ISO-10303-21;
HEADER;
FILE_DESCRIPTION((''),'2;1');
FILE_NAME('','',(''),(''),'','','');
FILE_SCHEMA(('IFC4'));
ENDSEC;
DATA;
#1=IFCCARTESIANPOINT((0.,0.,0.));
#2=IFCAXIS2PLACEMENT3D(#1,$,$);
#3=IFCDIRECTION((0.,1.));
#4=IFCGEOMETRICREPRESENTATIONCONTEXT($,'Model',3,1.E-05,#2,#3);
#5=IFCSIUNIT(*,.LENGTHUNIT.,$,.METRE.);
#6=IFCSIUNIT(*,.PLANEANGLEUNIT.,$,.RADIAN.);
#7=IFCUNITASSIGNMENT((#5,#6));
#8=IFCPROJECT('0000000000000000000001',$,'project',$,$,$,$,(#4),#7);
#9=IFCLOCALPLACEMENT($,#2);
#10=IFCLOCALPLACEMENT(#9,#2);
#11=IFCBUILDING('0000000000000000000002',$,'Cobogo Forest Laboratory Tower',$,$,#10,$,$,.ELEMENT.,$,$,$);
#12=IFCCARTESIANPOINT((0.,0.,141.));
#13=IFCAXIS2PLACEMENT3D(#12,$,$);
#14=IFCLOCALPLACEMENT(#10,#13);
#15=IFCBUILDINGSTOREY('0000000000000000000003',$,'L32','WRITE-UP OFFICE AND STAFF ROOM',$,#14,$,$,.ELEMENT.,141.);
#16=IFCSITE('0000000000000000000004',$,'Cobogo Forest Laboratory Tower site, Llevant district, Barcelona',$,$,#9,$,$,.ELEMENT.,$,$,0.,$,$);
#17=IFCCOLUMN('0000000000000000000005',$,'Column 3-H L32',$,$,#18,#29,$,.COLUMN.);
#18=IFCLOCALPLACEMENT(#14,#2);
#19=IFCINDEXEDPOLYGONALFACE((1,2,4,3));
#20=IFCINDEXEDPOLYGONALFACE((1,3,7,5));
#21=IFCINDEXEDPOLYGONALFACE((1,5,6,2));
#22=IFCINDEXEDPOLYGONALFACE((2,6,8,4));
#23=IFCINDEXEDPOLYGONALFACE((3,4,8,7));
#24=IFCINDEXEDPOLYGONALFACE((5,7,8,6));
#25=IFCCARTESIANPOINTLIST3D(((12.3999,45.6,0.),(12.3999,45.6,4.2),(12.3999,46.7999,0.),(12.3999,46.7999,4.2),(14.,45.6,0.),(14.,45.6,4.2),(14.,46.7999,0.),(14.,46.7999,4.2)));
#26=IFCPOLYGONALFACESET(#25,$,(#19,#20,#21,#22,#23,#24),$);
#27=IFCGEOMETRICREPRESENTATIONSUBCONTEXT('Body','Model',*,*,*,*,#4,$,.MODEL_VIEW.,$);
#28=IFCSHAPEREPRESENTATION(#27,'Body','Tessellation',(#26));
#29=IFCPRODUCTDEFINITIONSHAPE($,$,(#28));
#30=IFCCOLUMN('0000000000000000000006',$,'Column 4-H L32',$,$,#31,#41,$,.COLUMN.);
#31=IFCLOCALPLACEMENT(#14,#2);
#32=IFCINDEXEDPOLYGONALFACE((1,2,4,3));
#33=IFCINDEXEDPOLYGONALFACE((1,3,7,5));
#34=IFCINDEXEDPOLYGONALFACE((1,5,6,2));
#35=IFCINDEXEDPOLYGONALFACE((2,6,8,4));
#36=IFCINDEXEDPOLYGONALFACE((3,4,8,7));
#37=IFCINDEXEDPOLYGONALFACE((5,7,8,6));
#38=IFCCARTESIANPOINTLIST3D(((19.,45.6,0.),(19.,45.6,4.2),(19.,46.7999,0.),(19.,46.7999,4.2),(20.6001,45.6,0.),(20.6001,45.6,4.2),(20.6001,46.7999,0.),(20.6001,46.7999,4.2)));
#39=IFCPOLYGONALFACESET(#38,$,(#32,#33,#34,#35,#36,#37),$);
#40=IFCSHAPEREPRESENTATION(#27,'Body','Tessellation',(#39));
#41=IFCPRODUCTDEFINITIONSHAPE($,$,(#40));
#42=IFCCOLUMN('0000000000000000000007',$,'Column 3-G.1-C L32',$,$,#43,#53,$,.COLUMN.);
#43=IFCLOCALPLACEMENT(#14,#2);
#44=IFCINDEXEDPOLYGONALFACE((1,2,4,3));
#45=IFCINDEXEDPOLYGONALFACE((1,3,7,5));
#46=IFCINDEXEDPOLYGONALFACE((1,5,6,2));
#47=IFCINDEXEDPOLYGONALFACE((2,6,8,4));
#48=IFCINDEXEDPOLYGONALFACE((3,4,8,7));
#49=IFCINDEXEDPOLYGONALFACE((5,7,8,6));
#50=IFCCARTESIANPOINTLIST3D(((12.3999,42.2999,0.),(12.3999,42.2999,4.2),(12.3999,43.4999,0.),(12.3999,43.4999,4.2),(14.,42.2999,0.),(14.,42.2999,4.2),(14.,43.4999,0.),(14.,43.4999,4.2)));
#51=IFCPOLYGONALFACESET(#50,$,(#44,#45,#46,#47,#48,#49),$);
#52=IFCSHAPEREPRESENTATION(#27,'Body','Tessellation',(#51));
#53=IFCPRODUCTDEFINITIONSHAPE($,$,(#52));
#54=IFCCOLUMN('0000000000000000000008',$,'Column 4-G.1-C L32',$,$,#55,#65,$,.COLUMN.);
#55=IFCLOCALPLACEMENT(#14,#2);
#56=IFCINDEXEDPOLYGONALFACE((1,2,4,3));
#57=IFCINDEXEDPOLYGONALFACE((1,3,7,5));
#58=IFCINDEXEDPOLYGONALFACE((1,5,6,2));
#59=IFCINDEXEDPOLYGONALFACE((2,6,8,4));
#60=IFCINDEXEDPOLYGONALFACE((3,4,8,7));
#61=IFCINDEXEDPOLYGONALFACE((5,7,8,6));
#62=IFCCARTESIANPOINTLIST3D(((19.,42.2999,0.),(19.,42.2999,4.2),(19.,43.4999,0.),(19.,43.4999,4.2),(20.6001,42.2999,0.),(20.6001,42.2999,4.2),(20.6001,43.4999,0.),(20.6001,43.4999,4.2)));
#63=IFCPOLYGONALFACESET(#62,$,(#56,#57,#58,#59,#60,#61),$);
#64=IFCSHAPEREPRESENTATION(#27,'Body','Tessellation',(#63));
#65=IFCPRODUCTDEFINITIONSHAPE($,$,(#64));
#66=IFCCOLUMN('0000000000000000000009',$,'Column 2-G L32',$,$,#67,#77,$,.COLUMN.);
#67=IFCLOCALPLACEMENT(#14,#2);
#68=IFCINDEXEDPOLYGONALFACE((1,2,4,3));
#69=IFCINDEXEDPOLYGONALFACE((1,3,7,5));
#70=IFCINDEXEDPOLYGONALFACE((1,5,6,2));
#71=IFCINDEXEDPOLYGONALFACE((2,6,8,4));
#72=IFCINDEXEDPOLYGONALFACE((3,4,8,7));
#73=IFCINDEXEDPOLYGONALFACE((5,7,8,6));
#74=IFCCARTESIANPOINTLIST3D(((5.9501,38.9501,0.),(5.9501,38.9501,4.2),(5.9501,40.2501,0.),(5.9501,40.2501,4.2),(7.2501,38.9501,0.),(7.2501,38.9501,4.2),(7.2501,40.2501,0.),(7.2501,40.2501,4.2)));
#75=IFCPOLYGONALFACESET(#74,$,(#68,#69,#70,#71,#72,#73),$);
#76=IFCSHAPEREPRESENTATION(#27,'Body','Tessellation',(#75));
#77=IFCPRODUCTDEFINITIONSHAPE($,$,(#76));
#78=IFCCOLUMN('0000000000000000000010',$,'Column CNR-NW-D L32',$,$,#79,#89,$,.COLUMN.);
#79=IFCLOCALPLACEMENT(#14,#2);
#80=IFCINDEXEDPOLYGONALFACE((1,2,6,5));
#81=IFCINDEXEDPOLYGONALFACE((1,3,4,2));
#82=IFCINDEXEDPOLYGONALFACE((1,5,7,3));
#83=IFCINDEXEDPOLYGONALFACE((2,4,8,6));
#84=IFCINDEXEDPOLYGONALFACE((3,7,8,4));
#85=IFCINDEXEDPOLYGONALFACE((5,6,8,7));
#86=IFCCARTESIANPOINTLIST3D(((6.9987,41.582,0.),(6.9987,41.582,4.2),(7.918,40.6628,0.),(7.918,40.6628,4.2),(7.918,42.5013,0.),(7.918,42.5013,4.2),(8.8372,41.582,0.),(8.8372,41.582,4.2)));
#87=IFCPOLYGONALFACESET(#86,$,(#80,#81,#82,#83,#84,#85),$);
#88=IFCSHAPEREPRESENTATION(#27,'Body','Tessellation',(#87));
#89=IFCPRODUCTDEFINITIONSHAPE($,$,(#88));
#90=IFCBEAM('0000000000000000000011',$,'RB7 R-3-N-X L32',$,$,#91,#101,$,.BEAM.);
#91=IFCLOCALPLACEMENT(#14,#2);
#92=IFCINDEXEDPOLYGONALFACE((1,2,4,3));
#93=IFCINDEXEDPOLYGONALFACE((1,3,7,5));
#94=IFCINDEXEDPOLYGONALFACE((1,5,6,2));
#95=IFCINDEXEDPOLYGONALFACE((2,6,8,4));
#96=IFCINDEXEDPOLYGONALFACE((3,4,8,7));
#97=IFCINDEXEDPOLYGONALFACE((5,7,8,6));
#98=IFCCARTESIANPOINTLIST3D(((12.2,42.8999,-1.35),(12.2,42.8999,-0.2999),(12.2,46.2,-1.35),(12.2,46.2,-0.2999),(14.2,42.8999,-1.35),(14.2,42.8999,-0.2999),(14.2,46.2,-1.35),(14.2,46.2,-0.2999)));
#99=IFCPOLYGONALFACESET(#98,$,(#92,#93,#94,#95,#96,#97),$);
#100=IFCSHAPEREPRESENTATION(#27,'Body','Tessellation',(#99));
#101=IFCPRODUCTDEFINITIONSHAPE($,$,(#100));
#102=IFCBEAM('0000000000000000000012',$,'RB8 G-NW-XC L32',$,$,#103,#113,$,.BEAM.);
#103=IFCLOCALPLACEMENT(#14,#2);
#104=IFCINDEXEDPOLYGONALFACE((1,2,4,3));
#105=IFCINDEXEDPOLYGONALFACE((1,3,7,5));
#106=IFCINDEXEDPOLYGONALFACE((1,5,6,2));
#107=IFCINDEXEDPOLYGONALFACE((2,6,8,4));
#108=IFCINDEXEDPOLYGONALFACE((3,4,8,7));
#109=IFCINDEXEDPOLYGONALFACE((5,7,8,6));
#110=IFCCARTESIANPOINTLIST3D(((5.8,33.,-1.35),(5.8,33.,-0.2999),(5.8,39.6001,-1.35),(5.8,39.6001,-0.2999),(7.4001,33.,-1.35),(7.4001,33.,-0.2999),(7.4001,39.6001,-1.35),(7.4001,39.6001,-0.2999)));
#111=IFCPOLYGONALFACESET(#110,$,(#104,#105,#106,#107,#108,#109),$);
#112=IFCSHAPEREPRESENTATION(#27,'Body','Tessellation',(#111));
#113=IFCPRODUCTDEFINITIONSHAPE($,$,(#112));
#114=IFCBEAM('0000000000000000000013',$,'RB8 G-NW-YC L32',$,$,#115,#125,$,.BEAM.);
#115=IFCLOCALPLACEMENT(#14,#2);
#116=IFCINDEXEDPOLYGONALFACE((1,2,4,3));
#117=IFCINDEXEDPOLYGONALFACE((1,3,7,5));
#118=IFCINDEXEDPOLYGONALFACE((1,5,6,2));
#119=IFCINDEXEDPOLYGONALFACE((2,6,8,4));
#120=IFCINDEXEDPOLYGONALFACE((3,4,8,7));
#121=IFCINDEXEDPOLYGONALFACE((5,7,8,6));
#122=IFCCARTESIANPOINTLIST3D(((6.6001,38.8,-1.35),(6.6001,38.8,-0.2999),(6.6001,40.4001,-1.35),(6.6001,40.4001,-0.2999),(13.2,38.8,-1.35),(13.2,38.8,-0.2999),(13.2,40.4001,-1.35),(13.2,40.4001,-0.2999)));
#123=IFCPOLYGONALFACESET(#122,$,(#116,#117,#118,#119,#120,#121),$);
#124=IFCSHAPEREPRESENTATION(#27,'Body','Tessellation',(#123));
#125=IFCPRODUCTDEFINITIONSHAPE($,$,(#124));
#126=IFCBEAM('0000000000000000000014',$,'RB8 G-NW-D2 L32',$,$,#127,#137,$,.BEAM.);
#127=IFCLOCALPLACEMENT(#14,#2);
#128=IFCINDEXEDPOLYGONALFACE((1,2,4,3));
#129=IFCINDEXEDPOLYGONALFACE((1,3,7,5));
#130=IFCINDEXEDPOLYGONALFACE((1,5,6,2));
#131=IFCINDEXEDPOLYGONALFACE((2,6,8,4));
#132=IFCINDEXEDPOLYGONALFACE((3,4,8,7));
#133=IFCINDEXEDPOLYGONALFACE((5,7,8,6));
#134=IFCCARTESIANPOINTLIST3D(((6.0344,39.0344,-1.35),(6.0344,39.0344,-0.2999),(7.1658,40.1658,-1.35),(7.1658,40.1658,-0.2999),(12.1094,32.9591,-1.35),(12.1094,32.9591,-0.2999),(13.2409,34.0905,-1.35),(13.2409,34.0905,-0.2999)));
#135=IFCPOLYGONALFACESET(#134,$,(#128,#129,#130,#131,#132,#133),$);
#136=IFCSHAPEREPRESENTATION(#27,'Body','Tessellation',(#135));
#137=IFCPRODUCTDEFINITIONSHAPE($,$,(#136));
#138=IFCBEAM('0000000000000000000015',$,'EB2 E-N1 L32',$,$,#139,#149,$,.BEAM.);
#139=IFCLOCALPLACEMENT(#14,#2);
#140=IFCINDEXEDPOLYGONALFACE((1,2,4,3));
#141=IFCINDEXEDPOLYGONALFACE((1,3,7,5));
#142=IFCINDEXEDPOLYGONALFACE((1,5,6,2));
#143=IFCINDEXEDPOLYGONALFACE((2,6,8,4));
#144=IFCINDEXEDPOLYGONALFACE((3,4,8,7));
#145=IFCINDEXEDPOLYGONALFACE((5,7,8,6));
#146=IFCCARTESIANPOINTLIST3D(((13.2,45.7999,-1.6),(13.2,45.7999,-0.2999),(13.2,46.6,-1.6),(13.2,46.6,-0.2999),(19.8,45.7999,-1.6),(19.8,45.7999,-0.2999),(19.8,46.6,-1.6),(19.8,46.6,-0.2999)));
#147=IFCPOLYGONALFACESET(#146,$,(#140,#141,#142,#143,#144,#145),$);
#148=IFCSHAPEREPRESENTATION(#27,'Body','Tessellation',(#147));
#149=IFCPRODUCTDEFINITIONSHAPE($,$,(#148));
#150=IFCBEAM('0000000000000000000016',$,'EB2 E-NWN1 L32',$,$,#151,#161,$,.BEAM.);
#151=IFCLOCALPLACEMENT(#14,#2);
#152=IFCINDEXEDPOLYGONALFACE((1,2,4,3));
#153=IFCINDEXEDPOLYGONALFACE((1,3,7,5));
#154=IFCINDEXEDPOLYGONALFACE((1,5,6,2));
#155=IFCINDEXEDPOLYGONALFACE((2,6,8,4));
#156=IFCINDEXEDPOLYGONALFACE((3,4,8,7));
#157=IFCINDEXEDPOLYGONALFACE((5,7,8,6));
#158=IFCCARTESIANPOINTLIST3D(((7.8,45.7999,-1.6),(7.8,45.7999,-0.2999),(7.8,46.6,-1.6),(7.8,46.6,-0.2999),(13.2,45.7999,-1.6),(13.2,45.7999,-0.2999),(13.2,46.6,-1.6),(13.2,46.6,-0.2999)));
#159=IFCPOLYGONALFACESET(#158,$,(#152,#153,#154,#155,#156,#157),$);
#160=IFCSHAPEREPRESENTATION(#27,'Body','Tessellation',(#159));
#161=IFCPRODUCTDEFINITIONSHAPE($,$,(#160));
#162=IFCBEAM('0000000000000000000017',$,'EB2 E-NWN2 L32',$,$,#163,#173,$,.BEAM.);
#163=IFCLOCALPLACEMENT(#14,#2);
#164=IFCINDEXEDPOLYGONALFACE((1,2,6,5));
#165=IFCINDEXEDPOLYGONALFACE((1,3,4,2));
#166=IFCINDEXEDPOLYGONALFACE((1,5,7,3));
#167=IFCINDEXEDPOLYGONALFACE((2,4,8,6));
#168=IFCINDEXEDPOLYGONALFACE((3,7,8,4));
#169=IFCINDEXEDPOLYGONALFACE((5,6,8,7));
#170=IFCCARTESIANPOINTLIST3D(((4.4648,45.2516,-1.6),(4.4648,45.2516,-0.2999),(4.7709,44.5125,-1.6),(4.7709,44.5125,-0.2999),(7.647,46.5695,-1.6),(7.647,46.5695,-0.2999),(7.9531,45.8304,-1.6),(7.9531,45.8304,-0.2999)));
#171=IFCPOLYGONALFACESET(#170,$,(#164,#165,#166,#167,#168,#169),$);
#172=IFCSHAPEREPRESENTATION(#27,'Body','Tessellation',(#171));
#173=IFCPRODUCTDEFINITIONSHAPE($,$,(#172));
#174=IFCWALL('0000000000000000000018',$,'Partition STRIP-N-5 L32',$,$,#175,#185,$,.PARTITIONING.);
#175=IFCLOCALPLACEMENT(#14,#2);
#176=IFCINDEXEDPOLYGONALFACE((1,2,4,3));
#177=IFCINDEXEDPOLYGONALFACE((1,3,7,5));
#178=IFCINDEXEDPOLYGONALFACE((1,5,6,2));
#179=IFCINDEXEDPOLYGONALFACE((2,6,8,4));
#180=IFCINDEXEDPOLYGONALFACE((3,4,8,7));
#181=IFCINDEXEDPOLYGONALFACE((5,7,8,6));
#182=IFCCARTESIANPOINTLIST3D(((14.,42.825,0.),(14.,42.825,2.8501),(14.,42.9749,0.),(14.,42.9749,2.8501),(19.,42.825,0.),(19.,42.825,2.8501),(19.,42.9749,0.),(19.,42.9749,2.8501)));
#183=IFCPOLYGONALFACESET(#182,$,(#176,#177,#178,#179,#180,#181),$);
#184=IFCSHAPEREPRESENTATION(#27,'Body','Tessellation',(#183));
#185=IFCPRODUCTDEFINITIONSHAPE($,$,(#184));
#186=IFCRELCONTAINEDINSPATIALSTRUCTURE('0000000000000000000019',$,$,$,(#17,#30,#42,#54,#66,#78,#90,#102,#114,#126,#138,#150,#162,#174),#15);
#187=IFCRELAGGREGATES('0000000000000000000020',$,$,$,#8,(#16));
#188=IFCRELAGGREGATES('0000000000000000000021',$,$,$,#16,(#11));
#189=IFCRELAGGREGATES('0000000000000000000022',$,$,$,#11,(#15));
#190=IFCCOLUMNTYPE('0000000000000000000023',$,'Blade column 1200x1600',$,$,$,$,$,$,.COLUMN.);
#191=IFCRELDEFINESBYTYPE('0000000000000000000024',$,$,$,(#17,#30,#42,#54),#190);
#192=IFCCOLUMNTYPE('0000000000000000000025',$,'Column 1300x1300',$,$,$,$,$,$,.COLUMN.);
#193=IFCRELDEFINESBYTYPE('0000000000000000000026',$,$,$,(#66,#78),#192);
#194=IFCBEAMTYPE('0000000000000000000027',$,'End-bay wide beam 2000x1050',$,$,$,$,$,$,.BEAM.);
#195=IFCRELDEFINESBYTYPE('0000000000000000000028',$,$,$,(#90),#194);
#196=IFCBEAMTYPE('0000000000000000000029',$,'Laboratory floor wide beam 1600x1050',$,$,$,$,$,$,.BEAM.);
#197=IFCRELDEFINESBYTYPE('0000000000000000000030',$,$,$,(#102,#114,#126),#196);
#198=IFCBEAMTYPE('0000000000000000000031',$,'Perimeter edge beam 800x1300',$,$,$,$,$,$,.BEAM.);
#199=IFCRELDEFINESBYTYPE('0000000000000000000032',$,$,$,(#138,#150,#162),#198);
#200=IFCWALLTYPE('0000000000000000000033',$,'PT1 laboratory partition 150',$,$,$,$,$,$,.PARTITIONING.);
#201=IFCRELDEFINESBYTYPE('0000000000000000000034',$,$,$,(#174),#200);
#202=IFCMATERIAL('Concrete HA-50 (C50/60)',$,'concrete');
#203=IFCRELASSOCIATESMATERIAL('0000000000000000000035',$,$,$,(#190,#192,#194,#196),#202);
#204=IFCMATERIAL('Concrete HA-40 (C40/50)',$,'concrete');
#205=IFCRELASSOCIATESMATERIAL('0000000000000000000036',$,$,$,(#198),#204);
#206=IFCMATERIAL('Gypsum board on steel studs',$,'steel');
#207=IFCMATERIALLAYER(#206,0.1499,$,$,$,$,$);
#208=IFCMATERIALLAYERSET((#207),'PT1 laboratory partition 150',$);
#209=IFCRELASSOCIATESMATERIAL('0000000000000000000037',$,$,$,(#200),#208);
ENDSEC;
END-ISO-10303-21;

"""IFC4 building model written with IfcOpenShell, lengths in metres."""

from ifc_helpers import new_model, si_unit, direction, frame, frame_2d, origin, origin_2d, place, context, subcontext, project, spatial, rectangle, extrude, material, layer, layer_set, material_profile, profile_set, type_object, element, save


model = new_model("IFC4")

# Units and contexts
model_context = context("Model", 3, precision=1e-05, world=origin(), true_north=direction((0.0, 1.0)))
body_context = subcontext(model_context, "Body", "Model", "MODEL_VIEW")
ifc_project = project(units=[si_unit("LENGTHUNIT", "METRE"), si_unit("PLANEANGLEUNIT", "RADIAN")], contexts=[model_context])

# Site, building, storey
site_placement = place(None, origin())
site = spatial("IfcSite", under=ifc_project, at=site_placement, Name="Cobogo Forest Laboratory Tower site, Llevant district, Barcelona", CompositionType="ELEMENT", RefElevation=0.0)
building_placement = place(site_placement, origin())
building = spatial("IfcBuilding", under=site, at=building_placement, Name="Cobogo Forest Laboratory Tower", CompositionType="ELEMENT")
storey_placement = place(building_placement, frame((0.0, 0.0, 141.0)))
storey = spatial("IfcBuildingStorey", under=building, at=storey_placement, Name="L32", Description="WRITE-UP OFFICE AND STAFF ROOM", CompositionType="ELEMENT", Elevation=141.0)

# Columns
ifc_material_1 = material(Name="Concrete HA-50 (C50/60)", Category="concrete")
ifc_material_profile_1 = material_profile(ifc_material_1, rectangle(XDim=1.6001, YDim=1.2, at=origin_2d()), Name="RC 1200x1600")
ifc_profile_set_1 = profile_set([ifc_material_profile_1], Name="Concrete HA-50 (C50/60)")
column_type_1 = type_object("IfcColumnType", Name="Blade column 1200x1600", PredefinedType="COLUMN", material=ifc_profile_set_1)
for number, where, z_axis, x_axis, name in (
    (1, (13.2, 46.2, 0.0), (0.0, 0.0, 1.0), (1.0, 0.0, 0.0), "Column 3-H L32"),
    (2, (19.8, 46.2, 0.0), (0.0, 0.0, 1.0), (1.0, 0.0, 0.0), "Column 4-H L32"),
    (3, (13.2, 42.8999, 0.0), (0.0, 0.0, 1.0), (1.0, 0.0, 0.0), "Column 3-G.1-C L32"),
    (4, (19.8, 42.8999, 0.0), (0.0, 0.0, 1.0), (1.0, 0.0, 0.0), "Column 4-G.1-C L32"),
):
    element("IfcColumn", number, at=place(storey_placement, frame(where, z_axis=z_axis, x_axis=x_axis)), inside=storey, type_object=column_type_1, Name=name, PredefinedType="COLUMN", context=body_context, shape_type="SweptSolid", body=[
        extrude(rectangle(XDim=1.6001, YDim=1.2, at=origin_2d()), origin(), (0.0, 0.0, 1.0), 4.2),
    ])
ifc_material_profile_2 = material_profile(ifc_material_1, rectangle(XDim=1.3, YDim=1.3, at=origin_2d()), Name="RC 1300x1300")
ifc_profile_set_2 = profile_set([ifc_material_profile_2], Name="Concrete HA-50 (C50/60)")
column_type_2 = type_object("IfcColumnType", Name="Column 1300x1300", PredefinedType="COLUMN", material=ifc_profile_set_2)
for number, where, z_axis, x_axis, name in (
    (5, (6.6001, 39.6001, 0.0), (0.0, 0.0, 1.0), (1.0, 0.0, 0.0), "Column 2-G L32"),
    (6, (7.918, 41.582, 0.0), (0.0, 0.0, 1.0), (0.707107, 0.707107, 0.0), "Column CNR-NW-D L32"),
):
    element("IfcColumn", number, at=place(storey_placement, frame(where, z_axis=z_axis, x_axis=x_axis)), inside=storey, type_object=column_type_2, Name=name, PredefinedType="COLUMN", context=body_context, shape_type="SweptSolid", body=[
        extrude(rectangle(XDim=1.3, YDim=1.3, at=origin_2d()), origin(), (0.0, 0.0, 1.0), 4.2),
    ])

# Beams
ifc_material_profile_3 = material_profile(ifc_material_1, rectangle(XDim=2.0, YDim=1.05, at=origin_2d()), Name="RC 2000x1050")
ifc_profile_set_3 = profile_set([ifc_material_profile_3], Name="Concrete HA-50 (C50/60)")
beam_type_1 = type_object("IfcBeamType", Name="End-bay wide beam 2000x1050", PredefinedType="BEAM", material=ifc_profile_set_3)
beam_1_placement = place(storey_placement, frame((13.2, 46.2, -0.825), z_axis=(0.0, -1.0, 0.0), x_axis=(1.0, 0.0, 0.0)))
element("IfcBeam", 7, at=beam_1_placement, inside=storey, type_object=beam_type_1, Name="RB7 R-3-N-X L32", PredefinedType="BEAM", context=body_context, shape_type="SweptSolid", body=[
    extrude(rectangle(XDim=2.0, YDim=1.05, at=origin_2d()), origin(), (0.0, 0.0, 1.0), 3.3),
])
ifc_material_profile_4 = material_profile(ifc_material_1, rectangle(XDim=1.6001, YDim=1.05, at=origin_2d()), Name="RC 1600x1050")
ifc_profile_set_4 = profile_set([ifc_material_profile_4], Name="Concrete HA-50 (C50/60)")
beam_type_2 = type_object("IfcBeamType", Name="Laboratory floor wide beam 1600x1050", PredefinedType="BEAM", material=ifc_profile_set_4)
beam_2_placement = place(storey_placement, frame((6.6001, 39.6001, -0.825), z_axis=(0.0, -1.0, 0.0), x_axis=(1.0, 0.0, 0.0)))
element("IfcBeam", 8, at=beam_2_placement, inside=storey, type_object=beam_type_2, Name="RB8 G-NW-XC L32", PredefinedType="BEAM", context=body_context, shape_type="SweptSolid", body=[
    extrude(rectangle(XDim=1.6001, YDim=1.05, at=origin_2d()), origin(), (0.0, 0.0, 1.0), 6.6001),
])
beam_3_placement = place(storey_placement, frame((6.6001, 39.6001, -0.825), z_axis=(1.0, 0.0, 0.0), x_axis=(0.0, 1.0, 0.0)))
element("IfcBeam", 9, at=beam_3_placement, inside=storey, type_object=beam_type_2, Name="RB8 G-NW-YC L32", PredefinedType="BEAM", context=body_context, shape_type="SweptSolid", body=[
    extrude(rectangle(XDim=1.6001, YDim=1.05, at=origin_2d()), origin(), (0.0, 0.0, 1.0), 6.5999),
])
beam_4_placement = place(storey_placement, frame((6.6001, 39.6001, -0.825), z_axis=(0.707093, -0.707121, 0.0), x_axis=(0.707121, 0.707093, 0.0)))
element("IfcBeam", 10, at=beam_4_placement, inside=storey, type_object=beam_type_2, Name="RB8 G-NW-D2 L32", PredefinedType="BEAM", context=body_context, shape_type="SweptSolid", body=[
    extrude(rectangle(XDim=1.6001, YDim=1.05, at=origin_2d()), origin(), (0.0, 0.0, 1.0), 8.5916),
])
ifc_material_2 = material(Name="Concrete HA-40 (C40/50)", Category="concrete")
ifc_material_profile_5 = material_profile(ifc_material_2, rectangle(XDim=0.8, YDim=1.3, at=origin_2d()), Name="RC 800x1300")
ifc_profile_set_5 = profile_set([ifc_material_profile_5], Name="Concrete HA-40 (C40/50)")
beam_type_3 = type_object("IfcBeamType", Name="Perimeter edge beam 800x1300", PredefinedType="BEAM", material=ifc_profile_set_5)
beam_5_placement = place(storey_placement, frame((13.2, 46.2, -0.95), z_axis=(1.0, 0.0, 0.0), x_axis=(0.0, 1.0, 0.0)))
element("IfcBeam", 11, at=beam_5_placement, inside=storey, type_object=beam_type_3, Name="EB2 E-N1 L32", PredefinedType="BEAM", context=body_context, shape_type="SweptSolid", body=[
    extrude(rectangle(XDim=0.8, YDim=1.3, at=origin_2d()), origin(), (0.0, 0.0, 1.0), 6.6001),
])
beam_6_placement = place(storey_placement, frame((13.2, 46.2, -0.95), z_axis=(-1.0, 0.0, 0.0), x_axis=(0.0, -1.0, 0.0)))
element("IfcBeam", 12, at=beam_6_placement, inside=storey, type_object=beam_type_3, Name="EB2 E-NWN1 L32", PredefinedType="BEAM", context=body_context, shape_type="SweptSolid", body=[
    extrude(rectangle(XDim=0.8, YDim=1.3, at=origin_2d()), origin(), (0.0, 0.0, 1.0), 5.3999),
])
beam_7_placement = place(storey_placement, frame((7.8, 46.2, -0.95), z_axis=(-0.923901, -0.382631, 0.0), x_axis=(0.382631, -0.923901, 0.0)))
element("IfcBeam", 13, at=beam_7_placement, inside=storey, type_object=beam_type_3, Name="EB2 E-NWN2 L32", PredefinedType="BEAM", context=body_context, shape_type="SweptSolid", body=[
    extrude(rectangle(XDim=0.8, YDim=1.3, at=origin_2d()), origin(), (0.0, 0.0, 1.0), 3.4443),
])

# Wall
ifc_material_3 = material(Name="Gypsum board on steel studs", Category="steel")
ifc_layer_1 = layer(ifc_material_3, 0.1499)
ifc_layer_set_1 = layer_set([ifc_layer_1], Name="PT1 laboratory partition 150")
wall_type_1 = type_object("IfcWallType", Name="PT1 laboratory partition 150", PredefinedType="PARTITIONING", material=ifc_layer_set_1)
wall_1_placement = place(storey_placement, frame((19.0, 42.8999, 0.0), z_axis=(0.0, 0.0, 1.0), x_axis=(-1.0, 0.0, 0.0)))
element("IfcWall", 14, at=wall_1_placement, inside=storey, type_object=wall_type_1, Name="Partition STRIP-N-5 L32", PredefinedType="PARTITIONING", context=body_context, shape_type="SweptSolid", body=[
    extrude(rectangle(XDim=5.0, YDim=0.1499, at=frame_2d((2.5, 0.0))), origin(), (0.0, 0.0, 1.0), 2.8501),
])

save(model, "model.ifc")
